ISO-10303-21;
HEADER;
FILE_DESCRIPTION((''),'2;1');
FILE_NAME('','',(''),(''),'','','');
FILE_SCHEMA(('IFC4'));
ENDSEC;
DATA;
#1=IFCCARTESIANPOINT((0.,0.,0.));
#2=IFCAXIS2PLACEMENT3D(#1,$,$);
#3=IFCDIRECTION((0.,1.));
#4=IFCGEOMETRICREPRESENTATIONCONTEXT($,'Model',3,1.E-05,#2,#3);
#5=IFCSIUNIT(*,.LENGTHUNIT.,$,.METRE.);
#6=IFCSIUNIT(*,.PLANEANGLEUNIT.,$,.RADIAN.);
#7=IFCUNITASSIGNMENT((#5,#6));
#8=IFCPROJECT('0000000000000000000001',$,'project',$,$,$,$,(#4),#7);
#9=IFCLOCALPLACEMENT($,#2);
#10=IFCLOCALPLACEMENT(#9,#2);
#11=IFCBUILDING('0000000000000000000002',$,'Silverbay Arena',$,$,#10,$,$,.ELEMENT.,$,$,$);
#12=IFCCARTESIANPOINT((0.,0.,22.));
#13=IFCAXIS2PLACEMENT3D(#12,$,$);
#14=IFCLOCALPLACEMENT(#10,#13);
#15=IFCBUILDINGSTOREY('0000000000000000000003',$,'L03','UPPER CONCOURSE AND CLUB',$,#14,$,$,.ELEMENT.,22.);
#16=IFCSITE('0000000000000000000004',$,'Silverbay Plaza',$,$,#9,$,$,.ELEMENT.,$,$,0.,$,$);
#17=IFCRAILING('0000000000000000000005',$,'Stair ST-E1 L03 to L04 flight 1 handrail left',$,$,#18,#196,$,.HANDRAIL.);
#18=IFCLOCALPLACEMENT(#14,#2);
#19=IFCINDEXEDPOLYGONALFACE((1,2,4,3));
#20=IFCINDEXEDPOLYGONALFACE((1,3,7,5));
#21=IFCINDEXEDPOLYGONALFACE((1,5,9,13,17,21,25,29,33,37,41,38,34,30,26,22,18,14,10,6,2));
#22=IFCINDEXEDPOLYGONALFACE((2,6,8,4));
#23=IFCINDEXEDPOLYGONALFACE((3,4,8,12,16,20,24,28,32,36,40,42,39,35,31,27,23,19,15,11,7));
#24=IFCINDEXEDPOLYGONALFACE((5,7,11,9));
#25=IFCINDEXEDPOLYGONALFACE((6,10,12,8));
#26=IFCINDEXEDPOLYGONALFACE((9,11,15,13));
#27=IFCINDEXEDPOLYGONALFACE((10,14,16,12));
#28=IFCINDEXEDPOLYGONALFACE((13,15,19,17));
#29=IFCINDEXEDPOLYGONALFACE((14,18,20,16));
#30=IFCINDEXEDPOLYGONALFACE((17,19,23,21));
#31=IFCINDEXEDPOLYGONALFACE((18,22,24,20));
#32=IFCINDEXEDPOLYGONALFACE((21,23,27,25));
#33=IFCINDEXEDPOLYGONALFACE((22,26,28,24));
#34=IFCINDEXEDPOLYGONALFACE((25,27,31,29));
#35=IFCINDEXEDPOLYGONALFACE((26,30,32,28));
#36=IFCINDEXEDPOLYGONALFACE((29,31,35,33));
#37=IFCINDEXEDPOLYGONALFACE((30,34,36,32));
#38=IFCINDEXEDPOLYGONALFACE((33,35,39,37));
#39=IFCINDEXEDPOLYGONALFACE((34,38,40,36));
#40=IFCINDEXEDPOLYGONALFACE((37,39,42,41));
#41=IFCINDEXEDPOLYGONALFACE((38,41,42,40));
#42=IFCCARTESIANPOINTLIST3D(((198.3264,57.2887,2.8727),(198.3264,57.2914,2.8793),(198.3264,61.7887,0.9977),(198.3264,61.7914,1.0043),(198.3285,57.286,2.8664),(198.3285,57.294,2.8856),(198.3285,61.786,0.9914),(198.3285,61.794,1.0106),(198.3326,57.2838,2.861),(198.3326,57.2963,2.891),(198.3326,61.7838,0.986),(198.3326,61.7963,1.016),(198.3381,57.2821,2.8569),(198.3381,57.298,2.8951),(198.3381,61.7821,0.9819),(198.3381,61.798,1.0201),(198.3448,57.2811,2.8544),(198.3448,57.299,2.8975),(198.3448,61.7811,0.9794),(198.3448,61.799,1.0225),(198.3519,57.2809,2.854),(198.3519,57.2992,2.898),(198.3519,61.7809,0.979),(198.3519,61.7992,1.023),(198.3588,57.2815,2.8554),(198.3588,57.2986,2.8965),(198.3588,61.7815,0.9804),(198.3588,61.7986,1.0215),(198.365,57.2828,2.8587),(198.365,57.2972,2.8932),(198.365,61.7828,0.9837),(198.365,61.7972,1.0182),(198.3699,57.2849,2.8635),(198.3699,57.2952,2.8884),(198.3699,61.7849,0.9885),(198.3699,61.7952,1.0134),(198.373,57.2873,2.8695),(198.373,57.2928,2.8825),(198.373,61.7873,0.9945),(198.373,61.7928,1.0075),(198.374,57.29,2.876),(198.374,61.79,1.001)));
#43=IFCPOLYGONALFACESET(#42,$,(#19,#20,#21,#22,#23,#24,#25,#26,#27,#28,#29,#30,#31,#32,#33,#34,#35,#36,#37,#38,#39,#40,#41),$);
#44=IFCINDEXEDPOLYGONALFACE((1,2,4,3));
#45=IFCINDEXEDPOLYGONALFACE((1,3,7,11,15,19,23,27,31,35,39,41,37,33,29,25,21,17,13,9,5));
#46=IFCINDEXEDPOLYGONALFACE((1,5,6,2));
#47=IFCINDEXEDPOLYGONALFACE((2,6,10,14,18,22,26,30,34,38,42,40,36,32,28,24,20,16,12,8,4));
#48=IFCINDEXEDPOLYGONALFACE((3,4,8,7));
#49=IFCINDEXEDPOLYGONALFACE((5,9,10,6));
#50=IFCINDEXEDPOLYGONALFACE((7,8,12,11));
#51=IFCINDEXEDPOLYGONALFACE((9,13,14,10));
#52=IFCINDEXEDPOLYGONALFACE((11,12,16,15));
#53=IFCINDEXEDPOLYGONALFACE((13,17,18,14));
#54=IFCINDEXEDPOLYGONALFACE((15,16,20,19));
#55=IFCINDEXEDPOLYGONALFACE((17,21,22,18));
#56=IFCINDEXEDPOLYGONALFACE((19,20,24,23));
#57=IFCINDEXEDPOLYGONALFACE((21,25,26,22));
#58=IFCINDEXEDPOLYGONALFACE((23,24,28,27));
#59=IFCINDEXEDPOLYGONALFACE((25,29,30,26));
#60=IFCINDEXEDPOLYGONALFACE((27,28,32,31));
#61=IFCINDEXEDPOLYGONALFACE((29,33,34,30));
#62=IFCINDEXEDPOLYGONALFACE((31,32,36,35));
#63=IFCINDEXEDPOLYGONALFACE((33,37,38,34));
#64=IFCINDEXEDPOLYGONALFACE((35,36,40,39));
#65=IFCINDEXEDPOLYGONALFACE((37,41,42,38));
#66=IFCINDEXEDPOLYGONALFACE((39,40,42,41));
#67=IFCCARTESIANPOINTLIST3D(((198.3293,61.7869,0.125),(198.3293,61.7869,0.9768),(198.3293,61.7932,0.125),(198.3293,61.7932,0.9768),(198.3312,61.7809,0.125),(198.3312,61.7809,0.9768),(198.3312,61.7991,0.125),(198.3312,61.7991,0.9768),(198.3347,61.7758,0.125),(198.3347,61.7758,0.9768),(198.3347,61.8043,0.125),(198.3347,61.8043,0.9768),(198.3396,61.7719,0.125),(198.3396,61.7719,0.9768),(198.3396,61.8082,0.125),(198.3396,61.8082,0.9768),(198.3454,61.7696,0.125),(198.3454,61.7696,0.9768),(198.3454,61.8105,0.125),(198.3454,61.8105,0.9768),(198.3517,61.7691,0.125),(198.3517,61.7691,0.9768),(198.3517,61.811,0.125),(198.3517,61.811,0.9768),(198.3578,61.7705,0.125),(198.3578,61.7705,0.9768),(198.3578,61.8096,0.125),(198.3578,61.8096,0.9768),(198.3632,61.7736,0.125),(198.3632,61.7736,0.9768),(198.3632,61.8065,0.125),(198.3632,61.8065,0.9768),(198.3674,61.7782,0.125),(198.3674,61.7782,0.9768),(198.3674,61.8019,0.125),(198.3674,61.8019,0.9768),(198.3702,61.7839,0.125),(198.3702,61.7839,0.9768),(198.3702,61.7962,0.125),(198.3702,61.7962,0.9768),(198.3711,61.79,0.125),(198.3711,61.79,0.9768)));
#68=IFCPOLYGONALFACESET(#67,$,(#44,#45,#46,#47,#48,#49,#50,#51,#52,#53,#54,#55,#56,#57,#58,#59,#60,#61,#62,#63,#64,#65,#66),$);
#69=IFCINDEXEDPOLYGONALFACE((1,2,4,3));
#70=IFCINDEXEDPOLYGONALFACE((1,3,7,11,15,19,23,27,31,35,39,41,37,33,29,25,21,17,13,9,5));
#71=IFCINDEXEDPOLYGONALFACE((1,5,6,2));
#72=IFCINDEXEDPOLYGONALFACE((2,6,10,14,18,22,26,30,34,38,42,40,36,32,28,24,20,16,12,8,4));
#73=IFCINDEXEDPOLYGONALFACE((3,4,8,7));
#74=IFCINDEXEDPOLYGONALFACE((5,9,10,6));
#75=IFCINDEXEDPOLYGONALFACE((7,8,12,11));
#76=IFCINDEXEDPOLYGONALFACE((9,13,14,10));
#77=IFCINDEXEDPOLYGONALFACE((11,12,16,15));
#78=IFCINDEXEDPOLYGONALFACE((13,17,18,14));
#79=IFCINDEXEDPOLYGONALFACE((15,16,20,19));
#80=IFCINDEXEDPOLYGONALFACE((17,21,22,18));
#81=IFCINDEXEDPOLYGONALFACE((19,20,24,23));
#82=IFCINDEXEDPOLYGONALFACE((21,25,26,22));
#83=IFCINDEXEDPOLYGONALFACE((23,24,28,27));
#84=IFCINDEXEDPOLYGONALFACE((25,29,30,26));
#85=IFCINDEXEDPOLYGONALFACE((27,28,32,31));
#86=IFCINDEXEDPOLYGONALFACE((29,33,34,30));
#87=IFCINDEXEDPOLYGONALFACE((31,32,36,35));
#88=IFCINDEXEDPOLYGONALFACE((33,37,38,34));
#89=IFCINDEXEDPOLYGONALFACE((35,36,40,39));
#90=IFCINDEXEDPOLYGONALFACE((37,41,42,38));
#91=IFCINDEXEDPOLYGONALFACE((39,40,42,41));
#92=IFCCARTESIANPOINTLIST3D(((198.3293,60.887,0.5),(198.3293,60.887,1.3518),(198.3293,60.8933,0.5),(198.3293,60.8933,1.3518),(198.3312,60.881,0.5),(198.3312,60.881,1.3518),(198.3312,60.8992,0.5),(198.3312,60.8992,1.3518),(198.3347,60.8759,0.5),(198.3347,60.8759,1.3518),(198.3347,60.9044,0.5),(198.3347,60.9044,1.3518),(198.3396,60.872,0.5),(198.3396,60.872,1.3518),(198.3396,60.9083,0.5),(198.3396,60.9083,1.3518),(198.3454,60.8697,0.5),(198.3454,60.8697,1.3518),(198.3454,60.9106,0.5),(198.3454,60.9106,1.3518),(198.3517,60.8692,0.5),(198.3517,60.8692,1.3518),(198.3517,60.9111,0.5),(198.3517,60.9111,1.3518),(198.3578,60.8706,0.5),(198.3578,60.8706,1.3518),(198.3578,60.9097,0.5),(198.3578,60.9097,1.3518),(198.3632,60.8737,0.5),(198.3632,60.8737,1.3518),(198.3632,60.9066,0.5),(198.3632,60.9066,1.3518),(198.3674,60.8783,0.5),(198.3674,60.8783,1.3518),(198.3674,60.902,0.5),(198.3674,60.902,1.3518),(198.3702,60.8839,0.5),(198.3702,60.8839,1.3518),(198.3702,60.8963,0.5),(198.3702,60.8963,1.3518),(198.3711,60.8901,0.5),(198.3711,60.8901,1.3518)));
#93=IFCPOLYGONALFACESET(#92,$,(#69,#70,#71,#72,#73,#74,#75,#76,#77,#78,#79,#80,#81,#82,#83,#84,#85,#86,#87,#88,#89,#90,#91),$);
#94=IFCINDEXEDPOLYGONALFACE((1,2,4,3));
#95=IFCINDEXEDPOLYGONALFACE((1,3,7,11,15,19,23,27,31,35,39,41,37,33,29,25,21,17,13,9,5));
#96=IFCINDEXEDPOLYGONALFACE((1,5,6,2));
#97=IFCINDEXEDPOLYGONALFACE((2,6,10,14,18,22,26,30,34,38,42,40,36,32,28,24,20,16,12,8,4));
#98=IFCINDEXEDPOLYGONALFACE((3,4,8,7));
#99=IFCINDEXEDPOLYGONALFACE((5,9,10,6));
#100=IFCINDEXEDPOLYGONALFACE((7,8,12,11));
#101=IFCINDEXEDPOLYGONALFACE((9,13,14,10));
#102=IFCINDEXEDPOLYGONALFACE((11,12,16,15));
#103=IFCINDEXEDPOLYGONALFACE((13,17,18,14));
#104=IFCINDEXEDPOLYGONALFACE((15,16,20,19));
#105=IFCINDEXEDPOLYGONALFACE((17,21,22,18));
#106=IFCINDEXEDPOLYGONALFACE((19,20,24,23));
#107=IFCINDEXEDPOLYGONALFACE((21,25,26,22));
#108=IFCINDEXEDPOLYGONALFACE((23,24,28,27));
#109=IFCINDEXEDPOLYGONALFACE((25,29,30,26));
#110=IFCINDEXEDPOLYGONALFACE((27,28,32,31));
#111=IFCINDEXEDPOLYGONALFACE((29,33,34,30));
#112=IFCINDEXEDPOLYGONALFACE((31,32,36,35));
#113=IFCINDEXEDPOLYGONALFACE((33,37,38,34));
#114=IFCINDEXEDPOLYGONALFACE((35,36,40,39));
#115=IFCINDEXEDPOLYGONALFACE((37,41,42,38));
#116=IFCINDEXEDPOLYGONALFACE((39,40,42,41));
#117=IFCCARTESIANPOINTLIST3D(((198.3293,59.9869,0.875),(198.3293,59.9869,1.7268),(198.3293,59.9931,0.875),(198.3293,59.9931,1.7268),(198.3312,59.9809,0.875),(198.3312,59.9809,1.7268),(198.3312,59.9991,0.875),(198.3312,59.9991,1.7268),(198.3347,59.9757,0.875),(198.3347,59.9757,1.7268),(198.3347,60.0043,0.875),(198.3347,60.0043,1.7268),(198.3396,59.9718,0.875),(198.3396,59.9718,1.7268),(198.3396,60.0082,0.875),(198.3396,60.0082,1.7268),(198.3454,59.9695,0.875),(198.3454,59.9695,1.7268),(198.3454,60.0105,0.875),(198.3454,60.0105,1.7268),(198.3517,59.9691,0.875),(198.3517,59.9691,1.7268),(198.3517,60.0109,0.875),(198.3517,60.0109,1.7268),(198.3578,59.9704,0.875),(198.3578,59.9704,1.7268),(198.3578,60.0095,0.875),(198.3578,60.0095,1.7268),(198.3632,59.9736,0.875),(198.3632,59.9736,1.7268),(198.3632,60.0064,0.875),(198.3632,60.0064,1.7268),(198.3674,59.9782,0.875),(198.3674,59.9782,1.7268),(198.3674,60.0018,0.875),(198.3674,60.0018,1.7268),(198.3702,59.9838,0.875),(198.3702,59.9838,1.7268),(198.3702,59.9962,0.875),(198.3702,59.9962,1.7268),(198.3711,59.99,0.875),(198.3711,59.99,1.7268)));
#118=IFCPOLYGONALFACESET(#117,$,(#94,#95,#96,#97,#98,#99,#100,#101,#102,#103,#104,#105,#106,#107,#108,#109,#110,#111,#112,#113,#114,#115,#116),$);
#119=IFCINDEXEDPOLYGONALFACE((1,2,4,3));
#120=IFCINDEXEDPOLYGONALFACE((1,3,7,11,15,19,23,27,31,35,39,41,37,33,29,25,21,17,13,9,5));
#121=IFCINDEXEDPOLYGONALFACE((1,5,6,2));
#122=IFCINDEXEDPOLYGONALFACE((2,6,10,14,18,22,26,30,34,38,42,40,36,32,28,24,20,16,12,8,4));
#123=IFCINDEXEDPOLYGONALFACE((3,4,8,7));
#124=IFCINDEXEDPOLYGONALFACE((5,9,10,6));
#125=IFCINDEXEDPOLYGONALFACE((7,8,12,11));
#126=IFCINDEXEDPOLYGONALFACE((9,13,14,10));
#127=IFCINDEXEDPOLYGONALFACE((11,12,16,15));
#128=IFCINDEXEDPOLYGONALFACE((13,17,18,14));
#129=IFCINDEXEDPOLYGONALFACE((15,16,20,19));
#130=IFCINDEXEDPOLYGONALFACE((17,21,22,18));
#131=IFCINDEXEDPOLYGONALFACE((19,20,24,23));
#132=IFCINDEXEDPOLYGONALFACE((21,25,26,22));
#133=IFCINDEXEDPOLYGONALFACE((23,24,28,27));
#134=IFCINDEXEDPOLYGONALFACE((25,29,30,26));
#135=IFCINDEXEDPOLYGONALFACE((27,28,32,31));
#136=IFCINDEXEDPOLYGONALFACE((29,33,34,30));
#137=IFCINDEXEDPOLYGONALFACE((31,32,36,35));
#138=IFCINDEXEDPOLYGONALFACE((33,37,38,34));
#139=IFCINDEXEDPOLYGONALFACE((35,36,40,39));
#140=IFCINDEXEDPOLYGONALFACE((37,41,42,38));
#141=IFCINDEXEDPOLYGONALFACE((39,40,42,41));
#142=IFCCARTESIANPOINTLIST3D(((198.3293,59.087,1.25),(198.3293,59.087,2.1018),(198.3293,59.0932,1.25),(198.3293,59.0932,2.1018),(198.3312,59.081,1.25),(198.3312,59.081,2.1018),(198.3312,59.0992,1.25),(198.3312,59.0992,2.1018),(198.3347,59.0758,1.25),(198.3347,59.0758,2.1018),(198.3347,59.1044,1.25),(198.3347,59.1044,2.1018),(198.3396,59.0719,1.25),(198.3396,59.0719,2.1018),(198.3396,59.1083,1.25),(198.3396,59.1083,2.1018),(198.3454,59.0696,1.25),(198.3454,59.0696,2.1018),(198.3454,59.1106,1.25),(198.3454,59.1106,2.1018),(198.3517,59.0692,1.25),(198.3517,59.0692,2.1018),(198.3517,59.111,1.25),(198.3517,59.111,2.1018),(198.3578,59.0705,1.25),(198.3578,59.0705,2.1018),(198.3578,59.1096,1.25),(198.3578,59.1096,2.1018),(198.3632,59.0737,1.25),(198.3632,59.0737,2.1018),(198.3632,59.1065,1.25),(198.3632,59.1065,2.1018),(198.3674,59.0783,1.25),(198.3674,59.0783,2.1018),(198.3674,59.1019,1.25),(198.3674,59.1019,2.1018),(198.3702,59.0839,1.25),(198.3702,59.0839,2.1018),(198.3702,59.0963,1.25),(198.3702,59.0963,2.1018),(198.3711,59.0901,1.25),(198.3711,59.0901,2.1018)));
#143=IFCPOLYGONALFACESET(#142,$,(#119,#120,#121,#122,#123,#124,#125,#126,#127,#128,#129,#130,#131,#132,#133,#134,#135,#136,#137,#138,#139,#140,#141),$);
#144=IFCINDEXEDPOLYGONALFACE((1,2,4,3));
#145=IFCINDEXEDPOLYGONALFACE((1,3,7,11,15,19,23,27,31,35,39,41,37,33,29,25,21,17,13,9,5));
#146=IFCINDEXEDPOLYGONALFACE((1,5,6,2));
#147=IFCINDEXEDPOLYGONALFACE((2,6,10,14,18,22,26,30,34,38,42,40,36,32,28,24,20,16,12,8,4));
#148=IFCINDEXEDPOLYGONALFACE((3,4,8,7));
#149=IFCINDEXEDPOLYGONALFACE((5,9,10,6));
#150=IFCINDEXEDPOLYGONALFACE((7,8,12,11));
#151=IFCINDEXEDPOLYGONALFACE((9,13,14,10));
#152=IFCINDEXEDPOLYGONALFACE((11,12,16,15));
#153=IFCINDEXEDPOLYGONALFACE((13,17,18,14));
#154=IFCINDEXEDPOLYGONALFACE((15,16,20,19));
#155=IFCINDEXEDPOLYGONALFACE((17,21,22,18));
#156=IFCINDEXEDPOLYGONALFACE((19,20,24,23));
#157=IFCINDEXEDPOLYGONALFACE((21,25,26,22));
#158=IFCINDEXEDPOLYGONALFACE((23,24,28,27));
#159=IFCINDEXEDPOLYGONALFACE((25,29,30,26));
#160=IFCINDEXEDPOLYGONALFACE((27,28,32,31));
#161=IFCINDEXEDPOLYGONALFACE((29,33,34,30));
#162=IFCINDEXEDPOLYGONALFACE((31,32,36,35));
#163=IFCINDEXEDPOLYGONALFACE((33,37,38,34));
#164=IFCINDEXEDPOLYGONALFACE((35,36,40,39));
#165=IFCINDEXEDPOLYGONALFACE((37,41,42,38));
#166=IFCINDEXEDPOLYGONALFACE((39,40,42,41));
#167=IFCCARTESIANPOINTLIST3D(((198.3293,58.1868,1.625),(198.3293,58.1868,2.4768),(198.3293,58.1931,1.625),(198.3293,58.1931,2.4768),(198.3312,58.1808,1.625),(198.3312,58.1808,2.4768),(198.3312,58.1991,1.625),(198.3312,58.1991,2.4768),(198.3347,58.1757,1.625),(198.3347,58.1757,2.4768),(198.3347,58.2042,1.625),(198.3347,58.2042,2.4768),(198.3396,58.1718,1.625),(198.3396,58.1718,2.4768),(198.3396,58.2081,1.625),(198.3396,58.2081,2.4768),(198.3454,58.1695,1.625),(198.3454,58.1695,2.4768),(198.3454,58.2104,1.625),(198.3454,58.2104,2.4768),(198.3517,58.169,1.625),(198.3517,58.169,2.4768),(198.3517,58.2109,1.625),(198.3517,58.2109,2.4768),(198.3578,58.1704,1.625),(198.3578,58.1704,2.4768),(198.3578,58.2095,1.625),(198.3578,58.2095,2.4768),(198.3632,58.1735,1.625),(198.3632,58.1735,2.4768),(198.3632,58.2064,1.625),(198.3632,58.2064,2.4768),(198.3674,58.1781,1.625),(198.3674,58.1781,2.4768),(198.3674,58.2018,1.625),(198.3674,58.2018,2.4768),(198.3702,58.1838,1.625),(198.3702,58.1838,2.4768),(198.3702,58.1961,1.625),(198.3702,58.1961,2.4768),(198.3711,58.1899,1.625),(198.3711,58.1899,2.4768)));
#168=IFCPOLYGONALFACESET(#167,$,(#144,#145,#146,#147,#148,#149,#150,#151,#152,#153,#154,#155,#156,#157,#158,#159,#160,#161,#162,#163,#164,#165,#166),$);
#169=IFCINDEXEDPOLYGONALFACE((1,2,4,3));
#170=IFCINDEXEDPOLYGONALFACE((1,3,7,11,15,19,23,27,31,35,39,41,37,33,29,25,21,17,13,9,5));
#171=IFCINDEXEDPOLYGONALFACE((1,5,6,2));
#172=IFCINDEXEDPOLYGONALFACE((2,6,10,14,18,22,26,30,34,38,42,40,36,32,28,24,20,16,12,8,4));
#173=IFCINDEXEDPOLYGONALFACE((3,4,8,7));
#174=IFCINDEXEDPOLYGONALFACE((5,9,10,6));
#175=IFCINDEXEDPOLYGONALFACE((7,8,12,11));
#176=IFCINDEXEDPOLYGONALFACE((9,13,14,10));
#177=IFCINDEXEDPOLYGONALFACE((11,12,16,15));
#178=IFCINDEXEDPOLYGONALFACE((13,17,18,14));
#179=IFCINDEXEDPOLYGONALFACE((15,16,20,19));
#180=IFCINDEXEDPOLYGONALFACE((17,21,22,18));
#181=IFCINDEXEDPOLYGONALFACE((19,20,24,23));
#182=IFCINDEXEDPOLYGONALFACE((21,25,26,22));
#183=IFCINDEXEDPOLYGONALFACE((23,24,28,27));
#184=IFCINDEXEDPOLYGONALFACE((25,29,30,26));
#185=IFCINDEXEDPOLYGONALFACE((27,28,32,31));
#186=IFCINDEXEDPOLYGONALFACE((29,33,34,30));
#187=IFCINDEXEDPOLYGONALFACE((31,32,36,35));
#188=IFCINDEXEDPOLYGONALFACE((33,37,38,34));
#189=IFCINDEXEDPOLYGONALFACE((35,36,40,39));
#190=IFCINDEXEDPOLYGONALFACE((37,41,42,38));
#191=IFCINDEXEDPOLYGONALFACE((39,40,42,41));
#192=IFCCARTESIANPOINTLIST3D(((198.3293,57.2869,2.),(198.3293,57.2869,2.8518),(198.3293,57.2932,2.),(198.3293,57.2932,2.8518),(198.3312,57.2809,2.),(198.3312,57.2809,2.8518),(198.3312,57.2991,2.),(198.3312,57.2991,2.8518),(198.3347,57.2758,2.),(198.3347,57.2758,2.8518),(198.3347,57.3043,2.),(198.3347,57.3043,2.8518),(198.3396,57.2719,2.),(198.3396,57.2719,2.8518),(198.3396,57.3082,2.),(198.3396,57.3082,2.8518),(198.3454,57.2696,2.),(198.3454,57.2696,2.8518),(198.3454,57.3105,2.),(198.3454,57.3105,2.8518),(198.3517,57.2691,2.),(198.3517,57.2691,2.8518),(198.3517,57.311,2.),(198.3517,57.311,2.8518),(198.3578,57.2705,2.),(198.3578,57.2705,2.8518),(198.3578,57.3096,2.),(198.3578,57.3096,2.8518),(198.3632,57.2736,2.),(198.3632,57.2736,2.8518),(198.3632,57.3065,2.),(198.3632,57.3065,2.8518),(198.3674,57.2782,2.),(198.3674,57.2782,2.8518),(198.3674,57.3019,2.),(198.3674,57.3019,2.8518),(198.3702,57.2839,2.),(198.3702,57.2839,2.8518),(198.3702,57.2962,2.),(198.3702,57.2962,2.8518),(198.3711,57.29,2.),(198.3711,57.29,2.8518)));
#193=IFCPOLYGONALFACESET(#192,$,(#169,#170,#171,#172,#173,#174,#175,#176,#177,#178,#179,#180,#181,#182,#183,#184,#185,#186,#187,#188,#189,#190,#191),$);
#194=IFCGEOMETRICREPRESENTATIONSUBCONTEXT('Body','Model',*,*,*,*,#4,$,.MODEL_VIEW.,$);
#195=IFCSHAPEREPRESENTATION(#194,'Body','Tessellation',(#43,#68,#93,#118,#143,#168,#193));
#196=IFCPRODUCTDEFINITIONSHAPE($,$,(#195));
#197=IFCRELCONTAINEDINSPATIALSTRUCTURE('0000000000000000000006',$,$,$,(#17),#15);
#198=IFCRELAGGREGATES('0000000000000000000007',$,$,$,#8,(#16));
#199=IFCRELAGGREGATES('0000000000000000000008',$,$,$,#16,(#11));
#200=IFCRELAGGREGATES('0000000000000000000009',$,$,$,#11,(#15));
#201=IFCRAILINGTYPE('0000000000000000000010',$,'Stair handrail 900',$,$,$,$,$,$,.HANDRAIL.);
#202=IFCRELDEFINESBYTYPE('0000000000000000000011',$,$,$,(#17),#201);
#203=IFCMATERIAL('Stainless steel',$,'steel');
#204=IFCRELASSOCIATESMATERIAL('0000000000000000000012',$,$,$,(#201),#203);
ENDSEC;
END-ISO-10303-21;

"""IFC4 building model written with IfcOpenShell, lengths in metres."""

from ifc_helpers import new_model, si_unit, direction, frame, origin, origin_2d, place, context, subcontext, project, spatial, circle, extrude, material, type_object, element, save


model = new_model("IFC4")

# Units and contexts
model_context = context("Model", 3, precision=1e-05, world=origin(), true_north=direction((0.0, 1.0)))
body_context = subcontext(model_context, "Body", "Model", "MODEL_VIEW")
ifc_project = project(units=[si_unit("LENGTHUNIT", "METRE"), si_unit("PLANEANGLEUNIT", "RADIAN")], contexts=[model_context])

# Site, building, storey
site_placement = place(None, origin())
site = spatial("IfcSite", under=ifc_project, at=site_placement, Name="Silverbay Plaza", CompositionType="ELEMENT", RefElevation=0.0)
building_placement = place(site_placement, origin())
building = spatial("IfcBuilding", under=site, at=building_placement, Name="Silverbay Arena", CompositionType="ELEMENT")
storey_placement = place(building_placement, frame((0.0, 0.0, 22.0)))
storey = spatial("IfcBuildingStorey", under=building, at=storey_placement, Name="L03", Description="UPPER CONCOURSE AND CLUB", CompositionType="ELEMENT", Elevation=22.0)

# Railing
ifc_material_1 = material(Name="Stainless steel", Category="steel")
railing_type = type_object("IfcRailingType", Name="Stair handrail 900", PredefinedType="HANDRAIL", material=ifc_material_1)
for number, where, name in (
    (1, (198.3501, 61.79, 0.125), "Stair ST-E1 L03 to L04 flight 1 handrail left"),
):
    element("IfcRailing", number, at=place(storey_placement, frame(where)), inside=storey, type_object=railing_type, Name=name, PredefinedType="HANDRAIL", context=body_context, shape_type="SweptSolid", body=[
        extrude(circle(Radius=0.0239, at=origin_2d()), frame((0.0, 0.0, 0.876), z_axis=(0.0, -0.923077, 0.384615), x_axis=(1.0, 0.0, 0.0)), (0.0, 0.0, 1.0), 4.875),
        extrude(circle(Radius=0.021, at=origin_2d()), origin(), (0.0, 0.0, 1.0), 0.8518),
        extrude(circle(Radius=0.021, at=origin_2d()), frame((0.0, -0.8999, 0.375)), (0.0, 0.0, 1.0), 0.8518),
        extrude(circle(Radius=0.021, at=origin_2d()), frame((0.0, -1.8, 0.75)), (0.0, 0.0, 1.0), 0.8518),
        extrude(circle(Radius=0.021, at=origin_2d()), frame((0.0, -2.7, 1.125)), (0.0, 0.0, 1.0), 0.8518),
        extrude(circle(Radius=0.021, at=origin_2d()), frame((0.0, -3.6001, 1.5)), (0.0, 0.0, 1.0), 0.8518),
        extrude(circle(Radius=0.021, at=origin_2d()), frame((0.0, -4.5, 1.875)), (0.0, 0.0, 1.0), 0.8518),
    ])

save(model, "model.ifc")
